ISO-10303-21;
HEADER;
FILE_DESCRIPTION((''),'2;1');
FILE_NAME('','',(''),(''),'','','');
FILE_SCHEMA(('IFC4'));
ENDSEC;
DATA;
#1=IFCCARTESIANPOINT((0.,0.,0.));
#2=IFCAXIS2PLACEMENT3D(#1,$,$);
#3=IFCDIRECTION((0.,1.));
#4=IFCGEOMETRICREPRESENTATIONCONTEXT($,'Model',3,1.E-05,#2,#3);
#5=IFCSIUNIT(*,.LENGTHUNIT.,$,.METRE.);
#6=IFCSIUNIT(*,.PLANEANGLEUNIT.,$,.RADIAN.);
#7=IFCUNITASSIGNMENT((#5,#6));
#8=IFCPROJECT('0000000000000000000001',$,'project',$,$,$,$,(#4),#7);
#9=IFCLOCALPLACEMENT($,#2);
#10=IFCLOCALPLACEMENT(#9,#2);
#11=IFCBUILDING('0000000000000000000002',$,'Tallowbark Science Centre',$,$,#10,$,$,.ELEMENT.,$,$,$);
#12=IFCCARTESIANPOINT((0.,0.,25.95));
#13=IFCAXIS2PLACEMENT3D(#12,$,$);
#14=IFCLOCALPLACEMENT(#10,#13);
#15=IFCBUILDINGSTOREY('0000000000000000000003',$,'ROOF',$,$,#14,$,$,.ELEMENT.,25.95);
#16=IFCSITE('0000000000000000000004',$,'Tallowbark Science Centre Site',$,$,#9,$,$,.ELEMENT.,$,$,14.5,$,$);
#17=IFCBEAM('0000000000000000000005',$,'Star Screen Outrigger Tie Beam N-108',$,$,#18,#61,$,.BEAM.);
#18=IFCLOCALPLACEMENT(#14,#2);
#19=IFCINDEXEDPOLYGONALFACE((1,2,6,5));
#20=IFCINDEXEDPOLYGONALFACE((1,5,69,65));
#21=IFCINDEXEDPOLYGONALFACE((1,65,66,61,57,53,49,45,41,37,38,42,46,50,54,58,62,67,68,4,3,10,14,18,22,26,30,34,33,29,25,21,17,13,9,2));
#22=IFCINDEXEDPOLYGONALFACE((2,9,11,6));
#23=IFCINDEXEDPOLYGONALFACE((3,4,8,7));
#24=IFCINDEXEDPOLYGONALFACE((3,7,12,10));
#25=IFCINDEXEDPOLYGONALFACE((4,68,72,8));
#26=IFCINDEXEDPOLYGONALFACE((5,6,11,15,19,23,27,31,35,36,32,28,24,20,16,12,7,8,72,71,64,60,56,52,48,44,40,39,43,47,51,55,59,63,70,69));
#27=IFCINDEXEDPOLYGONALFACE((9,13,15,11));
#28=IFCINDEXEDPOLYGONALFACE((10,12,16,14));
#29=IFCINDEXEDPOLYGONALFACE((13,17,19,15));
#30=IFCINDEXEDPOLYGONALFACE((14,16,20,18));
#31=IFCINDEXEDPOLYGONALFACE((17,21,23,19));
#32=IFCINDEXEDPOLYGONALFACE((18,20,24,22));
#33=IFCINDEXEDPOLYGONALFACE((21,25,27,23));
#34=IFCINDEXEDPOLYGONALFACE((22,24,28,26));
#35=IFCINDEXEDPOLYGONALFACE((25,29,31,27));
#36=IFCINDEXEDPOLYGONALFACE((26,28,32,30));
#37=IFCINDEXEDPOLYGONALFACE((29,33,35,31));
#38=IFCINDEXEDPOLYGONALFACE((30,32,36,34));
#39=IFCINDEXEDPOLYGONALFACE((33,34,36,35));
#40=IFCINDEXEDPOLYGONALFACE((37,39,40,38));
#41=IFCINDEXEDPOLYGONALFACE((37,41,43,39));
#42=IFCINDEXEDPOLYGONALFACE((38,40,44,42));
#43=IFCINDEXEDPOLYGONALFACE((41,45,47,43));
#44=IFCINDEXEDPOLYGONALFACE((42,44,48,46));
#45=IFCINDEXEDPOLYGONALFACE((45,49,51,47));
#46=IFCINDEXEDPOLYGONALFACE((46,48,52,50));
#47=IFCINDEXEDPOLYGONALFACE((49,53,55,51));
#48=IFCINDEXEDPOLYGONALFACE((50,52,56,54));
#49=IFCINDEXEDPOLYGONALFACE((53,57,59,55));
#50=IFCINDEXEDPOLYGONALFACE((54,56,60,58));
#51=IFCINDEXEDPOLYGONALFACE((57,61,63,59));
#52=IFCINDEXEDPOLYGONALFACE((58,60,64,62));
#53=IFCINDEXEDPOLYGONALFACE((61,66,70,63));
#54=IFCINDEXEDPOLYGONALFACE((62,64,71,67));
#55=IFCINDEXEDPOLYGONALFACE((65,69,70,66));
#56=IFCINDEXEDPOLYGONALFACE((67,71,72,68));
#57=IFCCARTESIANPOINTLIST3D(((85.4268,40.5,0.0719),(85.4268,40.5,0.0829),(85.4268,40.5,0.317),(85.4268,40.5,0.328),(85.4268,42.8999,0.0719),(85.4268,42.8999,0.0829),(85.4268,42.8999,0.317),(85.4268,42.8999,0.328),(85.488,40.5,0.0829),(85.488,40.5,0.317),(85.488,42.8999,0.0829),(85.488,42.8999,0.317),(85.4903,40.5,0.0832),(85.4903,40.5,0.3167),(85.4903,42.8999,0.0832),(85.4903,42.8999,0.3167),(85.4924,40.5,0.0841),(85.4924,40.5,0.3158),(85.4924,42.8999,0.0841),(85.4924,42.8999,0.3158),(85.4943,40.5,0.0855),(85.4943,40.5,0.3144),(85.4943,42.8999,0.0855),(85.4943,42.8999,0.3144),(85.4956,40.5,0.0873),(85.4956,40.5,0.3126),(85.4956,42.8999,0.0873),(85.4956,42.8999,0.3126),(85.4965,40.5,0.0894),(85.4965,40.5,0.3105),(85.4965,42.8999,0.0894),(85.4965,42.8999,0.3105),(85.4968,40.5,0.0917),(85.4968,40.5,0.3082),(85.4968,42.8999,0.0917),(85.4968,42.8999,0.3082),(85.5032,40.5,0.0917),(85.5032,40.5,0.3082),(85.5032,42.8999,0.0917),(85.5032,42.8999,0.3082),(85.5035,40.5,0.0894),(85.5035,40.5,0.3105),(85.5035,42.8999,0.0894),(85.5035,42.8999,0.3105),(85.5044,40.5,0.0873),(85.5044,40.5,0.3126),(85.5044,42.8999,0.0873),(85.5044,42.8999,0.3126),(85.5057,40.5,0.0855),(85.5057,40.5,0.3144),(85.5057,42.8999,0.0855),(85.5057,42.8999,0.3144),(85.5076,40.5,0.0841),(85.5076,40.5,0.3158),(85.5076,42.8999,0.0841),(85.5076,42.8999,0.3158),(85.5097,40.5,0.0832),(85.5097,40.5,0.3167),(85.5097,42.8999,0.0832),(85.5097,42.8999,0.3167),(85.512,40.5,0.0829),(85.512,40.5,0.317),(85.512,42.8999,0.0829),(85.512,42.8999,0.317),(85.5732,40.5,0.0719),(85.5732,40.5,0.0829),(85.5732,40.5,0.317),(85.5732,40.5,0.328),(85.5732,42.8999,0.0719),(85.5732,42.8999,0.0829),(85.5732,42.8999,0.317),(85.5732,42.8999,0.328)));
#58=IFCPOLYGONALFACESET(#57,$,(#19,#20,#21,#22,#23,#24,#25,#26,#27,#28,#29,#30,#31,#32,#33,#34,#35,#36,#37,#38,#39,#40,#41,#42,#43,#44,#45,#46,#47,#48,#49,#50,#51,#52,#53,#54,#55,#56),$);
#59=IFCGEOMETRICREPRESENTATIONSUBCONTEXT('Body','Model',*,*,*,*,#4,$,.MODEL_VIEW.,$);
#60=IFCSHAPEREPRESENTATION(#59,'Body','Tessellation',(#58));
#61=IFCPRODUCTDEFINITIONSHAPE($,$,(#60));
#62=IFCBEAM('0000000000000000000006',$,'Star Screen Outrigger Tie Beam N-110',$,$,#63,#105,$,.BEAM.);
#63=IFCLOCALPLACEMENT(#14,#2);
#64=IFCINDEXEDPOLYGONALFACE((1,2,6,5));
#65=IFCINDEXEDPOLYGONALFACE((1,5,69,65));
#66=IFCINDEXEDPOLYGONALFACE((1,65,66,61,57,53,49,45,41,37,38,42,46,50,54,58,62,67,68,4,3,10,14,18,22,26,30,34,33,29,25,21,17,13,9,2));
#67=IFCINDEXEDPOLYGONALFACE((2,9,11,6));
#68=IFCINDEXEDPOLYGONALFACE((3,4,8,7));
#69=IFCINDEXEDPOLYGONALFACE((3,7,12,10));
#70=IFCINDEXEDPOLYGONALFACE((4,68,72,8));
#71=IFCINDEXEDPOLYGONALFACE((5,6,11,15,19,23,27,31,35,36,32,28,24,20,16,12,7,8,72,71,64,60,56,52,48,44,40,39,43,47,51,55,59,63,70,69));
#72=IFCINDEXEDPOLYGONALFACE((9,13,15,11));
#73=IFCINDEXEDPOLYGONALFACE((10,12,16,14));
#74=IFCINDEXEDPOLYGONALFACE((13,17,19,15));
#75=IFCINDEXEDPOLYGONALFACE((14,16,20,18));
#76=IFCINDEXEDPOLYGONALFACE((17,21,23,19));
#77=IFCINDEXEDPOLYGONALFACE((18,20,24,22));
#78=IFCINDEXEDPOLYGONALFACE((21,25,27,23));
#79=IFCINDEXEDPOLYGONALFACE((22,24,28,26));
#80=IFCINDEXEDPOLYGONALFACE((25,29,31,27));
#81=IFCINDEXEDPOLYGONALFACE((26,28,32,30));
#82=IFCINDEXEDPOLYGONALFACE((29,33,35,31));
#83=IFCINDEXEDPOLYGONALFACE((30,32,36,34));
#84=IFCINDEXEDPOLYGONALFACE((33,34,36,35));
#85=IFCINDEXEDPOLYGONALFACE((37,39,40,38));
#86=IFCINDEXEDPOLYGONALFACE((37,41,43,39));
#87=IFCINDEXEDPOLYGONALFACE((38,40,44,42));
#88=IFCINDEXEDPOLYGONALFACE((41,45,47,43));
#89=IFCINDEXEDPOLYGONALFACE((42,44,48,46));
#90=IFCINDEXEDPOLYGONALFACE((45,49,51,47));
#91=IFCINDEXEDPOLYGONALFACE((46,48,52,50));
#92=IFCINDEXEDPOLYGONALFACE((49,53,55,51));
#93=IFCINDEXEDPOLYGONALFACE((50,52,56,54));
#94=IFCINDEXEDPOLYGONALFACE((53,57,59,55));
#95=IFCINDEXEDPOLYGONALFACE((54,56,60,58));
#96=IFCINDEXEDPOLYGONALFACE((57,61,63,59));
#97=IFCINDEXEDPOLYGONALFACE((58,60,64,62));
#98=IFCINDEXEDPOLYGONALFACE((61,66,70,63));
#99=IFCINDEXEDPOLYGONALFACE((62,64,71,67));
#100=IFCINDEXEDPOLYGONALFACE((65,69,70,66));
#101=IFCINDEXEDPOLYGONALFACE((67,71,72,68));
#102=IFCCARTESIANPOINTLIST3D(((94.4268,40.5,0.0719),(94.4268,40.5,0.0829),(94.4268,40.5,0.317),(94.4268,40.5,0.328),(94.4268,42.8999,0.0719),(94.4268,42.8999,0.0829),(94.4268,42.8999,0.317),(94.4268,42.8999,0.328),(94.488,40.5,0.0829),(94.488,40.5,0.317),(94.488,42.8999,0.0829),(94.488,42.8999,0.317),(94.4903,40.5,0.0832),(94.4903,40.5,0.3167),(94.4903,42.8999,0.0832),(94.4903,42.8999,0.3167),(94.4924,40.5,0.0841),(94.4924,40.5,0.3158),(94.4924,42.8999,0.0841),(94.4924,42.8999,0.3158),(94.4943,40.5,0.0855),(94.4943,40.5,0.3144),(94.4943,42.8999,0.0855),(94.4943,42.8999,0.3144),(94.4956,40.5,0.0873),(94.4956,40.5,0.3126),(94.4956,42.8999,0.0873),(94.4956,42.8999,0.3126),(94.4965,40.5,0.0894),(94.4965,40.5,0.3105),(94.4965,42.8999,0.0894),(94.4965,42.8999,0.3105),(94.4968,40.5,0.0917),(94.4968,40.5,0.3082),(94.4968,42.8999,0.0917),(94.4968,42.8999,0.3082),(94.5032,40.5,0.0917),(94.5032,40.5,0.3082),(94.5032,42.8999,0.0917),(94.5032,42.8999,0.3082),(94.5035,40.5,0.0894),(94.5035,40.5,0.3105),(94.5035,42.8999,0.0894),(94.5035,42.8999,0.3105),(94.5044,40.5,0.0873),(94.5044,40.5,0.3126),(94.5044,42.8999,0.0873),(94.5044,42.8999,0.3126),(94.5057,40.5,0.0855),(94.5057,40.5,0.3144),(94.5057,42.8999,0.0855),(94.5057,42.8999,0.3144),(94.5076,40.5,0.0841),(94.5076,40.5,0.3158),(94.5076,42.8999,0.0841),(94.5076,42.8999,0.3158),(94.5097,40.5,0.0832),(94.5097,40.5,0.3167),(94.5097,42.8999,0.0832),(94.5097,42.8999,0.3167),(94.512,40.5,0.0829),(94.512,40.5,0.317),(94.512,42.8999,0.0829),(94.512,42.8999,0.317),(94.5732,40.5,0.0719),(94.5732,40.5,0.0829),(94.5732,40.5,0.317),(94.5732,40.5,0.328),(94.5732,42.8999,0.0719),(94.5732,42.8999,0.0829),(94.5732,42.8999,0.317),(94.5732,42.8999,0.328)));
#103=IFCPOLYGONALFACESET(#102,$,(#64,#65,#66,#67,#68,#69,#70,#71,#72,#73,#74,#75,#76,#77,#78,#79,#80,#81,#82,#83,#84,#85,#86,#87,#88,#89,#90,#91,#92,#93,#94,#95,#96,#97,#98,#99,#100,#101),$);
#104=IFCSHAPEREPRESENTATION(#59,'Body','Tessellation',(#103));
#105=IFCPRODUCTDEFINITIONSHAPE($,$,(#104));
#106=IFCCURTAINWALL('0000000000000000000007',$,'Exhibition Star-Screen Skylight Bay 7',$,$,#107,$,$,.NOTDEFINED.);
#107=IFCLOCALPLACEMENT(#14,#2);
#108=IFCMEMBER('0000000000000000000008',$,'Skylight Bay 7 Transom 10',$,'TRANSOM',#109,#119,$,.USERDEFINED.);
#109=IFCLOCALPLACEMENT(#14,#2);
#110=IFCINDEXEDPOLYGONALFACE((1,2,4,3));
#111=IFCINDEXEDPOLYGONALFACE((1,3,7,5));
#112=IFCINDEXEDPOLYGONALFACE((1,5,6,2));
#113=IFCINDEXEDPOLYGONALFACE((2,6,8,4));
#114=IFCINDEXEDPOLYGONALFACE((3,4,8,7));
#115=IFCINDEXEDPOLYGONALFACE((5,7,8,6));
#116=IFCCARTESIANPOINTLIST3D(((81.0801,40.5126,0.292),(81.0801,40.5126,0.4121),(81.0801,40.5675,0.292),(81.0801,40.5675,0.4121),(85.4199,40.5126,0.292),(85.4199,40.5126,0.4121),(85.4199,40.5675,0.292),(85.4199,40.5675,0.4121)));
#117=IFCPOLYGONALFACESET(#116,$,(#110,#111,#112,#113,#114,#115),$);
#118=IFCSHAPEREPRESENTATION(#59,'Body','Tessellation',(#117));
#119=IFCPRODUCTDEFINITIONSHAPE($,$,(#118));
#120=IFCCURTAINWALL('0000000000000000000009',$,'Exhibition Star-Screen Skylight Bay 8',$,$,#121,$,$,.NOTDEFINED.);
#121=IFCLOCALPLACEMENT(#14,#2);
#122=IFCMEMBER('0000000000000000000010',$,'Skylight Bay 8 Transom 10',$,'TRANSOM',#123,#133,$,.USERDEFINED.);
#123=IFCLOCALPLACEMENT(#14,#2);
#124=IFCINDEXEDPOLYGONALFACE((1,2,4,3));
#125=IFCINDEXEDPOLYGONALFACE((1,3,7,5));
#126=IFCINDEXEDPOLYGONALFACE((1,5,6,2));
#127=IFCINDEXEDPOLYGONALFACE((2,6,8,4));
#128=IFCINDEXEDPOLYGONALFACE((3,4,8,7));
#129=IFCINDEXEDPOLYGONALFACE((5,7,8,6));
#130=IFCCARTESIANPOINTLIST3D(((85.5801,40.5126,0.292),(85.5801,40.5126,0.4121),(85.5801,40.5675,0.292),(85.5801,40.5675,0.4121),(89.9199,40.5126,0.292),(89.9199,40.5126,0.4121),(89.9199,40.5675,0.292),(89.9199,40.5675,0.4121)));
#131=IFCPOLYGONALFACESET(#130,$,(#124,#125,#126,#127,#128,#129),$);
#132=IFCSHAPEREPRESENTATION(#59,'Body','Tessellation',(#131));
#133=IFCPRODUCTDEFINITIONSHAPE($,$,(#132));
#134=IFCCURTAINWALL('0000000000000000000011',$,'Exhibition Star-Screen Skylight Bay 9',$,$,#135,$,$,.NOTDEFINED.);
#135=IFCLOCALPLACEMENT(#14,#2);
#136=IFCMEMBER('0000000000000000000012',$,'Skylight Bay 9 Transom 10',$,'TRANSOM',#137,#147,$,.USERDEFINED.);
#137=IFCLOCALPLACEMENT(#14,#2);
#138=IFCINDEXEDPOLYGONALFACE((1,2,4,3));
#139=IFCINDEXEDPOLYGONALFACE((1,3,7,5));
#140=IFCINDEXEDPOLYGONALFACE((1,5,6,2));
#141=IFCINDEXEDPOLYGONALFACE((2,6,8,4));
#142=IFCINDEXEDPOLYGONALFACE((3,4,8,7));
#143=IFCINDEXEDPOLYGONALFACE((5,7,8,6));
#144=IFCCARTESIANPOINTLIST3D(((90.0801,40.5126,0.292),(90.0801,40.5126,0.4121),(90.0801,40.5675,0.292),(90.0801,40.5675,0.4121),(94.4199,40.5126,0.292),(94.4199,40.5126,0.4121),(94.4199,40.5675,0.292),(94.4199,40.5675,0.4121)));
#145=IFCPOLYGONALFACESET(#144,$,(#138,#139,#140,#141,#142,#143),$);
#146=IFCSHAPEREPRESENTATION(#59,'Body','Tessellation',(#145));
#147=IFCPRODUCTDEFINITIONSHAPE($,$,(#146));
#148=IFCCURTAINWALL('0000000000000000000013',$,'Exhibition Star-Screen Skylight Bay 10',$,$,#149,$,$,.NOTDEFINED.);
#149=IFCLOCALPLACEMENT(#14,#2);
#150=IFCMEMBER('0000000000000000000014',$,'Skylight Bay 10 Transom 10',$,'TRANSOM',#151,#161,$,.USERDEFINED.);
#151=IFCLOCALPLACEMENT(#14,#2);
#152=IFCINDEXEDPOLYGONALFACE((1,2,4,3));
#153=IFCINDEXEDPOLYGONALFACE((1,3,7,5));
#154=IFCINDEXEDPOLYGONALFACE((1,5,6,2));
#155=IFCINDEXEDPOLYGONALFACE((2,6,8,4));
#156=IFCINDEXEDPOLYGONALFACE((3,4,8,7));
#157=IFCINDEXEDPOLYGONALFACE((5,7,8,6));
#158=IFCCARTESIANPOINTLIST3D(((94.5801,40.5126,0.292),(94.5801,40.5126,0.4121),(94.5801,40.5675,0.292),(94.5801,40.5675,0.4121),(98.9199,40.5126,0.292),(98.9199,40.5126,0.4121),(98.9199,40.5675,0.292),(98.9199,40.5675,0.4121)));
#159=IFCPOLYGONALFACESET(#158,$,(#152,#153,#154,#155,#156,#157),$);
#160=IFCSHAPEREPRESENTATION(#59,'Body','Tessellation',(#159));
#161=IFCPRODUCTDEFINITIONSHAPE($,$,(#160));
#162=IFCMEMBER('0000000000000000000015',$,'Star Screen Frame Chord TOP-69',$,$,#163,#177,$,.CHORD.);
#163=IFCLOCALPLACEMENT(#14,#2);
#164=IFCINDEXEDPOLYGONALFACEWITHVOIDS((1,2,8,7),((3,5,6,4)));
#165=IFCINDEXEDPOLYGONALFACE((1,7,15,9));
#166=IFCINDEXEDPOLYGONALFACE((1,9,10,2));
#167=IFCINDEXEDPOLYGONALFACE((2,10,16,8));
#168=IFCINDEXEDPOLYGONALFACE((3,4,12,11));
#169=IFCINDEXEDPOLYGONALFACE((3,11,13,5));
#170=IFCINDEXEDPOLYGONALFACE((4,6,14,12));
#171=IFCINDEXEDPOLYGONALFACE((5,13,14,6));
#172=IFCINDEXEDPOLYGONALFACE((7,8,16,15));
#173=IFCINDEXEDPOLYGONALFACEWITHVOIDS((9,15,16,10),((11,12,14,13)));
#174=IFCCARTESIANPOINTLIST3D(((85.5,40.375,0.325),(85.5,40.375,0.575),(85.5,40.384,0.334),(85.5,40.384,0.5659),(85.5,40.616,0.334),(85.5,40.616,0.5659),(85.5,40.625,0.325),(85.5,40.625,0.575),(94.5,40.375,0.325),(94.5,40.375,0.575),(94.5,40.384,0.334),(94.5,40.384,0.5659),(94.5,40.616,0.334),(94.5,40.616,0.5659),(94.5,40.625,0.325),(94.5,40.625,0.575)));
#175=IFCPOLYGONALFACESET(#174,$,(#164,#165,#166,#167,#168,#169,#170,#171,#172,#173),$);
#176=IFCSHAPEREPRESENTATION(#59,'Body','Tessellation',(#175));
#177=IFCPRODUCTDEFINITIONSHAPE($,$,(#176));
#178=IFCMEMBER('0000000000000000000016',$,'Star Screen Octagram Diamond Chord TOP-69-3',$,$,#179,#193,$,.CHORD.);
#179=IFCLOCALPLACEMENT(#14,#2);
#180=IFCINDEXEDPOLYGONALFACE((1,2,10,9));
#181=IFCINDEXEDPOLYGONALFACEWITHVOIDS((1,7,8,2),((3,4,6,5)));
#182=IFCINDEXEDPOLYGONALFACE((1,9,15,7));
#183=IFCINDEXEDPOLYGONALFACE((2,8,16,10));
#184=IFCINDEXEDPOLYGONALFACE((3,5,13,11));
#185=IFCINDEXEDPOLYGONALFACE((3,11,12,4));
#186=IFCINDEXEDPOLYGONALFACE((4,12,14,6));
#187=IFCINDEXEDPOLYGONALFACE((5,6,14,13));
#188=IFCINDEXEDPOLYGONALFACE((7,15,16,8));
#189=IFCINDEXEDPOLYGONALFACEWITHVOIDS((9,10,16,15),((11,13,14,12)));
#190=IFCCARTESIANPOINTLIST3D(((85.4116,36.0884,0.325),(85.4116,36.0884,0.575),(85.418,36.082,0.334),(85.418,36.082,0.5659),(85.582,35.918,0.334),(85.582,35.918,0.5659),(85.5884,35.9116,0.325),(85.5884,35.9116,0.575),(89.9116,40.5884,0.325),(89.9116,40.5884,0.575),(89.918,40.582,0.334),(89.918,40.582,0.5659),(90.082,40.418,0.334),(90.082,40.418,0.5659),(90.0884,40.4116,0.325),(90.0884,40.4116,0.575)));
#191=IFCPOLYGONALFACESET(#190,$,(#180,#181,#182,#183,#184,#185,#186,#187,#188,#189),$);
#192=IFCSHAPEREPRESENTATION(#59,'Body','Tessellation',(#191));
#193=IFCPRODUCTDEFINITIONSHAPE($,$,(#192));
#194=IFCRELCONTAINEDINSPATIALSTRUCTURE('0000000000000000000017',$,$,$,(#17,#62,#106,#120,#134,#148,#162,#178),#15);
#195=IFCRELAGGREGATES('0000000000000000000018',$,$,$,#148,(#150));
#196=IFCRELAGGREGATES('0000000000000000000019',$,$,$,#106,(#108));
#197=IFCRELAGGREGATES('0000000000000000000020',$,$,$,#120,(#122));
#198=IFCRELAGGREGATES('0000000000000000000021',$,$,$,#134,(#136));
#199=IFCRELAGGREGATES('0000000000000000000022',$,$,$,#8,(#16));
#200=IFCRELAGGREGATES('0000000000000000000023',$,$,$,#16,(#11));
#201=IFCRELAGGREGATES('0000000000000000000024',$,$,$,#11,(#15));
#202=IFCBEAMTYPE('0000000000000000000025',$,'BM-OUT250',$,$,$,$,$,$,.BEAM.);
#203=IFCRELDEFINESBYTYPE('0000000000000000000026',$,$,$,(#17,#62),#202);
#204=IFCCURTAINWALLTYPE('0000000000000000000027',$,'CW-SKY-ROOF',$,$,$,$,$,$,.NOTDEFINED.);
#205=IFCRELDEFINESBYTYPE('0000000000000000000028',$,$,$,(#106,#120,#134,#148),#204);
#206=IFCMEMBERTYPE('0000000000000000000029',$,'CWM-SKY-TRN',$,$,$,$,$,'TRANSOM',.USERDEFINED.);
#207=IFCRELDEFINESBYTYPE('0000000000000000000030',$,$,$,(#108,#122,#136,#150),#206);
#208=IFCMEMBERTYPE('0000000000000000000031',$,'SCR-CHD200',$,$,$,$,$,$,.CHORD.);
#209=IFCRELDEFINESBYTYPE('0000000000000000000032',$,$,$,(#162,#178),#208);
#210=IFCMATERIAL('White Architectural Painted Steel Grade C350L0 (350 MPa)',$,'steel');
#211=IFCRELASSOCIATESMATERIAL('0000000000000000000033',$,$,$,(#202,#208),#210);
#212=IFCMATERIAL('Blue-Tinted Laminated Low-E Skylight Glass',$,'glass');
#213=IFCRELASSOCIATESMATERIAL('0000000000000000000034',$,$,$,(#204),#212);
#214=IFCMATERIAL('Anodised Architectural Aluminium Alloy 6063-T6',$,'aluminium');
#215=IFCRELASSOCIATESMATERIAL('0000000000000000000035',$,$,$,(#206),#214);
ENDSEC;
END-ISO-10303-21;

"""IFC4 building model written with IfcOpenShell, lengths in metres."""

from ifc_helpers import new_model, si_unit, direction, frame, origin, origin_2d, place, context, subcontext, project, spatial, rectangle, hollow_rectangle, i_section, extrude, material, material_profile, profile_set, type_object, element, aggregate, save


model = new_model("IFC4")

# Units and contexts
model_context = context("Model", 3, precision=1e-05, world=origin(), true_north=direction((0.0, 1.0)))
body_context = subcontext(model_context, "Body", "Model", "MODEL_VIEW")
ifc_project = project(units=[si_unit("LENGTHUNIT", "METRE"), si_unit("PLANEANGLEUNIT", "RADIAN")], contexts=[model_context])

# Site, building, storey
site_placement = place(None, origin())
site = spatial("IfcSite", under=ifc_project, at=site_placement, Name="Tallowbark Science Centre Site", CompositionType="ELEMENT", RefElevation=14.5)
building_placement = place(site_placement, origin())
building = spatial("IfcBuilding", under=site, at=building_placement, Name="Tallowbark Science Centre", CompositionType="ELEMENT")
storey_placement = place(building_placement, frame((0.0, 0.0, 25.95)))
storey = spatial("IfcBuildingStorey", under=building, at=storey_placement, Name="ROOF", CompositionType="ELEMENT", Elevation=25.95)

# Beams
ifc_material_1 = material(Name="White Architectural Painted Steel Grade C350L0 (350 MPa)", Category="steel")
ifc_material_profile_1 = material_profile(ifc_material_1, i_section(OverallWidth=0.1465, OverallDepth=0.2561, WebThickness=0.0063, FlangeThickness=0.011, FilletRadius=0.0088, at=origin_2d()), Name="250UB37.3")
ifc_profile_set_1 = profile_set([ifc_material_profile_1], Name="White Architectural Painted Steel Grade C350L0 (350 MPa)")
beam_type = type_object("IfcBeamType", Name="BM-OUT250", PredefinedType="BEAM", material=ifc_profile_set_1)
for number, where, z_axis, x_axis, name in (
    (1, (85.5, 40.5, 0.2), (0.0, 1.0, 0.0), (-1.0, 0.0, 0.0), "Star Screen Outrigger Tie Beam N-108"),
    (2, (94.5, 40.5, 0.2), (0.0, 1.0, 0.0), (-1.0, 0.0, 0.0), "Star Screen Outrigger Tie Beam N-110"),
):
    element("IfcBeam", number, at=place(storey_placement, frame(where, z_axis=z_axis, x_axis=x_axis)), inside=storey, type_object=beam_type, Name=name, PredefinedType="BEAM", context=body_context, shape_type="SweptSolid", body=[
        extrude(i_section(OverallWidth=0.1465, OverallDepth=0.2561, WebThickness=0.0063, FlangeThickness=0.011, FilletRadius=0.0088, at=origin_2d()), origin(), (0.0, 0.0, 1.0), 2.3999),
    ])

# Curtain walls, members
ifc_material_2 = material(Name="Blue-Tinted Laminated Low-E Skylight Glass", Category="glass")
curtain_wall_type = type_object("IfcCurtainWallType", Name="CW-SKY-ROOF", PredefinedType="NOTDEFINED", material=ifc_material_2)
curtain_wall_1_placement = place(storey_placement, origin())
curtain_wall_1 = element("IfcCurtainWall", 3, at=curtain_wall_1_placement, inside=storey, type_object=curtain_wall_type, Name="Exhibition Star-Screen Skylight Bay 7", PredefinedType="NOTDEFINED")
ifc_material_3 = material(Name="Anodised Architectural Aluminium Alloy 6063-T6", Category="aluminium")
ifc_material_profile_2 = material_profile(ifc_material_3, rectangle(XDim=0.0549, YDim=0.1201, at=origin_2d()), Name="ALU55x120")
ifc_profile_set_2 = profile_set([ifc_material_profile_2], Name="Anodised Architectural Aluminium Alloy 6063-T6")
member_type_1 = type_object("IfcMemberType", Name="CWM-SKY-TRN", ElementType="TRANSOM", PredefinedType="USERDEFINED", material=ifc_profile_set_2)
member_1_placement = place(storey_placement, frame((81.0801, 40.54, 0.3521), z_axis=(1.0, 0.0, 0.0), x_axis=(0.0, 1.0, 0.0)))
member_1 = element("IfcMember", 4, at=member_1_placement, type_object=member_type_1, Name="Skylight Bay 7 Transom 10", ObjectType="TRANSOM", PredefinedType="USERDEFINED", context=body_context, shape_type="SweptSolid", body=[
    extrude(rectangle(XDim=0.0549, YDim=0.1201, at=origin_2d()), origin(), (0.0, 0.0, 1.0), 4.3398),
])
curtain_wall_2_placement = place(storey_placement, origin())
curtain_wall_2 = element("IfcCurtainWall", 5, at=curtain_wall_2_placement, inside=storey, type_object=curtain_wall_type, Name="Exhibition Star-Screen Skylight Bay 8", PredefinedType="NOTDEFINED")
member_2_placement = place(storey_placement, frame((85.5801, 40.54, 0.3521), z_axis=(1.0, 0.0, 0.0), x_axis=(0.0, 1.0, 0.0)))
member_2 = element("IfcMember", 6, at=member_2_placement, type_object=member_type_1, Name="Skylight Bay 8 Transom 10", ObjectType="TRANSOM", PredefinedType="USERDEFINED", context=body_context, shape_type="SweptSolid", body=[
    extrude(rectangle(XDim=0.0549, YDim=0.1201, at=origin_2d()), origin(), (0.0, 0.0, 1.0), 4.3398),
])
curtain_wall_3_placement = place(storey_placement, origin())
curtain_wall_3 = element("IfcCurtainWall", 7, at=curtain_wall_3_placement, inside=storey, type_object=curtain_wall_type, Name="Exhibition Star-Screen Skylight Bay 9", PredefinedType="NOTDEFINED")
member_3_placement = place(storey_placement, frame((90.0801, 40.54, 0.3521), z_axis=(1.0, 0.0, 0.0), x_axis=(0.0, 1.0, 0.0)))
member_3 = element("IfcMember", 8, at=member_3_placement, type_object=member_type_1, Name="Skylight Bay 9 Transom 10", ObjectType="TRANSOM", PredefinedType="USERDEFINED", context=body_context, shape_type="SweptSolid", body=[
    extrude(rectangle(XDim=0.0549, YDim=0.1201, at=origin_2d()), origin(), (0.0, 0.0, 1.0), 4.3398),
])
curtain_wall_4_placement = place(storey_placement, origin())
curtain_wall_4 = element("IfcCurtainWall", 9, at=curtain_wall_4_placement, inside=storey, type_object=curtain_wall_type, Name="Exhibition Star-Screen Skylight Bay 10", PredefinedType="NOTDEFINED")
member_4_placement = place(storey_placement, frame((94.5801, 40.54, 0.3521), z_axis=(1.0, 0.0, 0.0), x_axis=(0.0, 1.0, 0.0)))
member_4 = element("IfcMember", 10, at=member_4_placement, type_object=member_type_1, Name="Skylight Bay 10 Transom 10", ObjectType="TRANSOM", PredefinedType="USERDEFINED", context=body_context, shape_type="SweptSolid", body=[
    extrude(rectangle(XDim=0.0549, YDim=0.1201, at=origin_2d()), origin(), (0.0, 0.0, 1.0), 4.3398),
])
aggregate(curtain_wall_4, [member_4])

# Members
ifc_material_profile_3 = material_profile(ifc_material_1, hollow_rectangle(XDim=0.25, YDim=0.25, WallThickness=0.009, at=origin_2d()), Name="250x250x9.0SHS")
ifc_profile_set_3 = profile_set([ifc_material_profile_3], Name="White Architectural Painted Steel Grade C350L0 (350 MPa)")
member_type_2 = type_object("IfcMemberType", Name="SCR-CHD200", PredefinedType="CHORD", material=ifc_profile_set_3)
member_5_placement = place(storey_placement, frame((85.5, 40.5, 0.45), z_axis=(1.0, 0.0, 0.0), x_axis=(0.0, 1.0, 0.0)))
element("IfcMember", 11, at=member_5_placement, inside=storey, type_object=member_type_2, Name="Star Screen Frame Chord TOP-69", PredefinedType="CHORD", context=body_context, shape_type="SweptSolid", body=[
    extrude(hollow_rectangle(XDim=0.25, YDim=0.25, WallThickness=0.009, at=origin_2d()), origin(), (0.0, 0.0, 1.0), 9.0),
])
member_6_placement = place(storey_placement, frame((90.0, 40.5, 0.45), z_axis=(-0.707107, -0.707107, 0.0), x_axis=(0.707107, -0.707107, 0.0)))
element("IfcMember", 12, at=member_6_placement, inside=storey, type_object=member_type_2, Name="Star Screen Octagram Diamond Chord TOP-69-3", PredefinedType="CHORD", context=body_context, shape_type="SweptSolid", body=[
    extrude(hollow_rectangle(XDim=0.25, YDim=0.25, WallThickness=0.009, at=origin_2d()), origin(), (0.0, 0.0, 1.0), 6.364),
])

aggregate(curtain_wall_1, [member_1])
aggregate(curtain_wall_2, [member_2])
aggregate(curtain_wall_3, [member_3])

save(model, "model.ifc")
